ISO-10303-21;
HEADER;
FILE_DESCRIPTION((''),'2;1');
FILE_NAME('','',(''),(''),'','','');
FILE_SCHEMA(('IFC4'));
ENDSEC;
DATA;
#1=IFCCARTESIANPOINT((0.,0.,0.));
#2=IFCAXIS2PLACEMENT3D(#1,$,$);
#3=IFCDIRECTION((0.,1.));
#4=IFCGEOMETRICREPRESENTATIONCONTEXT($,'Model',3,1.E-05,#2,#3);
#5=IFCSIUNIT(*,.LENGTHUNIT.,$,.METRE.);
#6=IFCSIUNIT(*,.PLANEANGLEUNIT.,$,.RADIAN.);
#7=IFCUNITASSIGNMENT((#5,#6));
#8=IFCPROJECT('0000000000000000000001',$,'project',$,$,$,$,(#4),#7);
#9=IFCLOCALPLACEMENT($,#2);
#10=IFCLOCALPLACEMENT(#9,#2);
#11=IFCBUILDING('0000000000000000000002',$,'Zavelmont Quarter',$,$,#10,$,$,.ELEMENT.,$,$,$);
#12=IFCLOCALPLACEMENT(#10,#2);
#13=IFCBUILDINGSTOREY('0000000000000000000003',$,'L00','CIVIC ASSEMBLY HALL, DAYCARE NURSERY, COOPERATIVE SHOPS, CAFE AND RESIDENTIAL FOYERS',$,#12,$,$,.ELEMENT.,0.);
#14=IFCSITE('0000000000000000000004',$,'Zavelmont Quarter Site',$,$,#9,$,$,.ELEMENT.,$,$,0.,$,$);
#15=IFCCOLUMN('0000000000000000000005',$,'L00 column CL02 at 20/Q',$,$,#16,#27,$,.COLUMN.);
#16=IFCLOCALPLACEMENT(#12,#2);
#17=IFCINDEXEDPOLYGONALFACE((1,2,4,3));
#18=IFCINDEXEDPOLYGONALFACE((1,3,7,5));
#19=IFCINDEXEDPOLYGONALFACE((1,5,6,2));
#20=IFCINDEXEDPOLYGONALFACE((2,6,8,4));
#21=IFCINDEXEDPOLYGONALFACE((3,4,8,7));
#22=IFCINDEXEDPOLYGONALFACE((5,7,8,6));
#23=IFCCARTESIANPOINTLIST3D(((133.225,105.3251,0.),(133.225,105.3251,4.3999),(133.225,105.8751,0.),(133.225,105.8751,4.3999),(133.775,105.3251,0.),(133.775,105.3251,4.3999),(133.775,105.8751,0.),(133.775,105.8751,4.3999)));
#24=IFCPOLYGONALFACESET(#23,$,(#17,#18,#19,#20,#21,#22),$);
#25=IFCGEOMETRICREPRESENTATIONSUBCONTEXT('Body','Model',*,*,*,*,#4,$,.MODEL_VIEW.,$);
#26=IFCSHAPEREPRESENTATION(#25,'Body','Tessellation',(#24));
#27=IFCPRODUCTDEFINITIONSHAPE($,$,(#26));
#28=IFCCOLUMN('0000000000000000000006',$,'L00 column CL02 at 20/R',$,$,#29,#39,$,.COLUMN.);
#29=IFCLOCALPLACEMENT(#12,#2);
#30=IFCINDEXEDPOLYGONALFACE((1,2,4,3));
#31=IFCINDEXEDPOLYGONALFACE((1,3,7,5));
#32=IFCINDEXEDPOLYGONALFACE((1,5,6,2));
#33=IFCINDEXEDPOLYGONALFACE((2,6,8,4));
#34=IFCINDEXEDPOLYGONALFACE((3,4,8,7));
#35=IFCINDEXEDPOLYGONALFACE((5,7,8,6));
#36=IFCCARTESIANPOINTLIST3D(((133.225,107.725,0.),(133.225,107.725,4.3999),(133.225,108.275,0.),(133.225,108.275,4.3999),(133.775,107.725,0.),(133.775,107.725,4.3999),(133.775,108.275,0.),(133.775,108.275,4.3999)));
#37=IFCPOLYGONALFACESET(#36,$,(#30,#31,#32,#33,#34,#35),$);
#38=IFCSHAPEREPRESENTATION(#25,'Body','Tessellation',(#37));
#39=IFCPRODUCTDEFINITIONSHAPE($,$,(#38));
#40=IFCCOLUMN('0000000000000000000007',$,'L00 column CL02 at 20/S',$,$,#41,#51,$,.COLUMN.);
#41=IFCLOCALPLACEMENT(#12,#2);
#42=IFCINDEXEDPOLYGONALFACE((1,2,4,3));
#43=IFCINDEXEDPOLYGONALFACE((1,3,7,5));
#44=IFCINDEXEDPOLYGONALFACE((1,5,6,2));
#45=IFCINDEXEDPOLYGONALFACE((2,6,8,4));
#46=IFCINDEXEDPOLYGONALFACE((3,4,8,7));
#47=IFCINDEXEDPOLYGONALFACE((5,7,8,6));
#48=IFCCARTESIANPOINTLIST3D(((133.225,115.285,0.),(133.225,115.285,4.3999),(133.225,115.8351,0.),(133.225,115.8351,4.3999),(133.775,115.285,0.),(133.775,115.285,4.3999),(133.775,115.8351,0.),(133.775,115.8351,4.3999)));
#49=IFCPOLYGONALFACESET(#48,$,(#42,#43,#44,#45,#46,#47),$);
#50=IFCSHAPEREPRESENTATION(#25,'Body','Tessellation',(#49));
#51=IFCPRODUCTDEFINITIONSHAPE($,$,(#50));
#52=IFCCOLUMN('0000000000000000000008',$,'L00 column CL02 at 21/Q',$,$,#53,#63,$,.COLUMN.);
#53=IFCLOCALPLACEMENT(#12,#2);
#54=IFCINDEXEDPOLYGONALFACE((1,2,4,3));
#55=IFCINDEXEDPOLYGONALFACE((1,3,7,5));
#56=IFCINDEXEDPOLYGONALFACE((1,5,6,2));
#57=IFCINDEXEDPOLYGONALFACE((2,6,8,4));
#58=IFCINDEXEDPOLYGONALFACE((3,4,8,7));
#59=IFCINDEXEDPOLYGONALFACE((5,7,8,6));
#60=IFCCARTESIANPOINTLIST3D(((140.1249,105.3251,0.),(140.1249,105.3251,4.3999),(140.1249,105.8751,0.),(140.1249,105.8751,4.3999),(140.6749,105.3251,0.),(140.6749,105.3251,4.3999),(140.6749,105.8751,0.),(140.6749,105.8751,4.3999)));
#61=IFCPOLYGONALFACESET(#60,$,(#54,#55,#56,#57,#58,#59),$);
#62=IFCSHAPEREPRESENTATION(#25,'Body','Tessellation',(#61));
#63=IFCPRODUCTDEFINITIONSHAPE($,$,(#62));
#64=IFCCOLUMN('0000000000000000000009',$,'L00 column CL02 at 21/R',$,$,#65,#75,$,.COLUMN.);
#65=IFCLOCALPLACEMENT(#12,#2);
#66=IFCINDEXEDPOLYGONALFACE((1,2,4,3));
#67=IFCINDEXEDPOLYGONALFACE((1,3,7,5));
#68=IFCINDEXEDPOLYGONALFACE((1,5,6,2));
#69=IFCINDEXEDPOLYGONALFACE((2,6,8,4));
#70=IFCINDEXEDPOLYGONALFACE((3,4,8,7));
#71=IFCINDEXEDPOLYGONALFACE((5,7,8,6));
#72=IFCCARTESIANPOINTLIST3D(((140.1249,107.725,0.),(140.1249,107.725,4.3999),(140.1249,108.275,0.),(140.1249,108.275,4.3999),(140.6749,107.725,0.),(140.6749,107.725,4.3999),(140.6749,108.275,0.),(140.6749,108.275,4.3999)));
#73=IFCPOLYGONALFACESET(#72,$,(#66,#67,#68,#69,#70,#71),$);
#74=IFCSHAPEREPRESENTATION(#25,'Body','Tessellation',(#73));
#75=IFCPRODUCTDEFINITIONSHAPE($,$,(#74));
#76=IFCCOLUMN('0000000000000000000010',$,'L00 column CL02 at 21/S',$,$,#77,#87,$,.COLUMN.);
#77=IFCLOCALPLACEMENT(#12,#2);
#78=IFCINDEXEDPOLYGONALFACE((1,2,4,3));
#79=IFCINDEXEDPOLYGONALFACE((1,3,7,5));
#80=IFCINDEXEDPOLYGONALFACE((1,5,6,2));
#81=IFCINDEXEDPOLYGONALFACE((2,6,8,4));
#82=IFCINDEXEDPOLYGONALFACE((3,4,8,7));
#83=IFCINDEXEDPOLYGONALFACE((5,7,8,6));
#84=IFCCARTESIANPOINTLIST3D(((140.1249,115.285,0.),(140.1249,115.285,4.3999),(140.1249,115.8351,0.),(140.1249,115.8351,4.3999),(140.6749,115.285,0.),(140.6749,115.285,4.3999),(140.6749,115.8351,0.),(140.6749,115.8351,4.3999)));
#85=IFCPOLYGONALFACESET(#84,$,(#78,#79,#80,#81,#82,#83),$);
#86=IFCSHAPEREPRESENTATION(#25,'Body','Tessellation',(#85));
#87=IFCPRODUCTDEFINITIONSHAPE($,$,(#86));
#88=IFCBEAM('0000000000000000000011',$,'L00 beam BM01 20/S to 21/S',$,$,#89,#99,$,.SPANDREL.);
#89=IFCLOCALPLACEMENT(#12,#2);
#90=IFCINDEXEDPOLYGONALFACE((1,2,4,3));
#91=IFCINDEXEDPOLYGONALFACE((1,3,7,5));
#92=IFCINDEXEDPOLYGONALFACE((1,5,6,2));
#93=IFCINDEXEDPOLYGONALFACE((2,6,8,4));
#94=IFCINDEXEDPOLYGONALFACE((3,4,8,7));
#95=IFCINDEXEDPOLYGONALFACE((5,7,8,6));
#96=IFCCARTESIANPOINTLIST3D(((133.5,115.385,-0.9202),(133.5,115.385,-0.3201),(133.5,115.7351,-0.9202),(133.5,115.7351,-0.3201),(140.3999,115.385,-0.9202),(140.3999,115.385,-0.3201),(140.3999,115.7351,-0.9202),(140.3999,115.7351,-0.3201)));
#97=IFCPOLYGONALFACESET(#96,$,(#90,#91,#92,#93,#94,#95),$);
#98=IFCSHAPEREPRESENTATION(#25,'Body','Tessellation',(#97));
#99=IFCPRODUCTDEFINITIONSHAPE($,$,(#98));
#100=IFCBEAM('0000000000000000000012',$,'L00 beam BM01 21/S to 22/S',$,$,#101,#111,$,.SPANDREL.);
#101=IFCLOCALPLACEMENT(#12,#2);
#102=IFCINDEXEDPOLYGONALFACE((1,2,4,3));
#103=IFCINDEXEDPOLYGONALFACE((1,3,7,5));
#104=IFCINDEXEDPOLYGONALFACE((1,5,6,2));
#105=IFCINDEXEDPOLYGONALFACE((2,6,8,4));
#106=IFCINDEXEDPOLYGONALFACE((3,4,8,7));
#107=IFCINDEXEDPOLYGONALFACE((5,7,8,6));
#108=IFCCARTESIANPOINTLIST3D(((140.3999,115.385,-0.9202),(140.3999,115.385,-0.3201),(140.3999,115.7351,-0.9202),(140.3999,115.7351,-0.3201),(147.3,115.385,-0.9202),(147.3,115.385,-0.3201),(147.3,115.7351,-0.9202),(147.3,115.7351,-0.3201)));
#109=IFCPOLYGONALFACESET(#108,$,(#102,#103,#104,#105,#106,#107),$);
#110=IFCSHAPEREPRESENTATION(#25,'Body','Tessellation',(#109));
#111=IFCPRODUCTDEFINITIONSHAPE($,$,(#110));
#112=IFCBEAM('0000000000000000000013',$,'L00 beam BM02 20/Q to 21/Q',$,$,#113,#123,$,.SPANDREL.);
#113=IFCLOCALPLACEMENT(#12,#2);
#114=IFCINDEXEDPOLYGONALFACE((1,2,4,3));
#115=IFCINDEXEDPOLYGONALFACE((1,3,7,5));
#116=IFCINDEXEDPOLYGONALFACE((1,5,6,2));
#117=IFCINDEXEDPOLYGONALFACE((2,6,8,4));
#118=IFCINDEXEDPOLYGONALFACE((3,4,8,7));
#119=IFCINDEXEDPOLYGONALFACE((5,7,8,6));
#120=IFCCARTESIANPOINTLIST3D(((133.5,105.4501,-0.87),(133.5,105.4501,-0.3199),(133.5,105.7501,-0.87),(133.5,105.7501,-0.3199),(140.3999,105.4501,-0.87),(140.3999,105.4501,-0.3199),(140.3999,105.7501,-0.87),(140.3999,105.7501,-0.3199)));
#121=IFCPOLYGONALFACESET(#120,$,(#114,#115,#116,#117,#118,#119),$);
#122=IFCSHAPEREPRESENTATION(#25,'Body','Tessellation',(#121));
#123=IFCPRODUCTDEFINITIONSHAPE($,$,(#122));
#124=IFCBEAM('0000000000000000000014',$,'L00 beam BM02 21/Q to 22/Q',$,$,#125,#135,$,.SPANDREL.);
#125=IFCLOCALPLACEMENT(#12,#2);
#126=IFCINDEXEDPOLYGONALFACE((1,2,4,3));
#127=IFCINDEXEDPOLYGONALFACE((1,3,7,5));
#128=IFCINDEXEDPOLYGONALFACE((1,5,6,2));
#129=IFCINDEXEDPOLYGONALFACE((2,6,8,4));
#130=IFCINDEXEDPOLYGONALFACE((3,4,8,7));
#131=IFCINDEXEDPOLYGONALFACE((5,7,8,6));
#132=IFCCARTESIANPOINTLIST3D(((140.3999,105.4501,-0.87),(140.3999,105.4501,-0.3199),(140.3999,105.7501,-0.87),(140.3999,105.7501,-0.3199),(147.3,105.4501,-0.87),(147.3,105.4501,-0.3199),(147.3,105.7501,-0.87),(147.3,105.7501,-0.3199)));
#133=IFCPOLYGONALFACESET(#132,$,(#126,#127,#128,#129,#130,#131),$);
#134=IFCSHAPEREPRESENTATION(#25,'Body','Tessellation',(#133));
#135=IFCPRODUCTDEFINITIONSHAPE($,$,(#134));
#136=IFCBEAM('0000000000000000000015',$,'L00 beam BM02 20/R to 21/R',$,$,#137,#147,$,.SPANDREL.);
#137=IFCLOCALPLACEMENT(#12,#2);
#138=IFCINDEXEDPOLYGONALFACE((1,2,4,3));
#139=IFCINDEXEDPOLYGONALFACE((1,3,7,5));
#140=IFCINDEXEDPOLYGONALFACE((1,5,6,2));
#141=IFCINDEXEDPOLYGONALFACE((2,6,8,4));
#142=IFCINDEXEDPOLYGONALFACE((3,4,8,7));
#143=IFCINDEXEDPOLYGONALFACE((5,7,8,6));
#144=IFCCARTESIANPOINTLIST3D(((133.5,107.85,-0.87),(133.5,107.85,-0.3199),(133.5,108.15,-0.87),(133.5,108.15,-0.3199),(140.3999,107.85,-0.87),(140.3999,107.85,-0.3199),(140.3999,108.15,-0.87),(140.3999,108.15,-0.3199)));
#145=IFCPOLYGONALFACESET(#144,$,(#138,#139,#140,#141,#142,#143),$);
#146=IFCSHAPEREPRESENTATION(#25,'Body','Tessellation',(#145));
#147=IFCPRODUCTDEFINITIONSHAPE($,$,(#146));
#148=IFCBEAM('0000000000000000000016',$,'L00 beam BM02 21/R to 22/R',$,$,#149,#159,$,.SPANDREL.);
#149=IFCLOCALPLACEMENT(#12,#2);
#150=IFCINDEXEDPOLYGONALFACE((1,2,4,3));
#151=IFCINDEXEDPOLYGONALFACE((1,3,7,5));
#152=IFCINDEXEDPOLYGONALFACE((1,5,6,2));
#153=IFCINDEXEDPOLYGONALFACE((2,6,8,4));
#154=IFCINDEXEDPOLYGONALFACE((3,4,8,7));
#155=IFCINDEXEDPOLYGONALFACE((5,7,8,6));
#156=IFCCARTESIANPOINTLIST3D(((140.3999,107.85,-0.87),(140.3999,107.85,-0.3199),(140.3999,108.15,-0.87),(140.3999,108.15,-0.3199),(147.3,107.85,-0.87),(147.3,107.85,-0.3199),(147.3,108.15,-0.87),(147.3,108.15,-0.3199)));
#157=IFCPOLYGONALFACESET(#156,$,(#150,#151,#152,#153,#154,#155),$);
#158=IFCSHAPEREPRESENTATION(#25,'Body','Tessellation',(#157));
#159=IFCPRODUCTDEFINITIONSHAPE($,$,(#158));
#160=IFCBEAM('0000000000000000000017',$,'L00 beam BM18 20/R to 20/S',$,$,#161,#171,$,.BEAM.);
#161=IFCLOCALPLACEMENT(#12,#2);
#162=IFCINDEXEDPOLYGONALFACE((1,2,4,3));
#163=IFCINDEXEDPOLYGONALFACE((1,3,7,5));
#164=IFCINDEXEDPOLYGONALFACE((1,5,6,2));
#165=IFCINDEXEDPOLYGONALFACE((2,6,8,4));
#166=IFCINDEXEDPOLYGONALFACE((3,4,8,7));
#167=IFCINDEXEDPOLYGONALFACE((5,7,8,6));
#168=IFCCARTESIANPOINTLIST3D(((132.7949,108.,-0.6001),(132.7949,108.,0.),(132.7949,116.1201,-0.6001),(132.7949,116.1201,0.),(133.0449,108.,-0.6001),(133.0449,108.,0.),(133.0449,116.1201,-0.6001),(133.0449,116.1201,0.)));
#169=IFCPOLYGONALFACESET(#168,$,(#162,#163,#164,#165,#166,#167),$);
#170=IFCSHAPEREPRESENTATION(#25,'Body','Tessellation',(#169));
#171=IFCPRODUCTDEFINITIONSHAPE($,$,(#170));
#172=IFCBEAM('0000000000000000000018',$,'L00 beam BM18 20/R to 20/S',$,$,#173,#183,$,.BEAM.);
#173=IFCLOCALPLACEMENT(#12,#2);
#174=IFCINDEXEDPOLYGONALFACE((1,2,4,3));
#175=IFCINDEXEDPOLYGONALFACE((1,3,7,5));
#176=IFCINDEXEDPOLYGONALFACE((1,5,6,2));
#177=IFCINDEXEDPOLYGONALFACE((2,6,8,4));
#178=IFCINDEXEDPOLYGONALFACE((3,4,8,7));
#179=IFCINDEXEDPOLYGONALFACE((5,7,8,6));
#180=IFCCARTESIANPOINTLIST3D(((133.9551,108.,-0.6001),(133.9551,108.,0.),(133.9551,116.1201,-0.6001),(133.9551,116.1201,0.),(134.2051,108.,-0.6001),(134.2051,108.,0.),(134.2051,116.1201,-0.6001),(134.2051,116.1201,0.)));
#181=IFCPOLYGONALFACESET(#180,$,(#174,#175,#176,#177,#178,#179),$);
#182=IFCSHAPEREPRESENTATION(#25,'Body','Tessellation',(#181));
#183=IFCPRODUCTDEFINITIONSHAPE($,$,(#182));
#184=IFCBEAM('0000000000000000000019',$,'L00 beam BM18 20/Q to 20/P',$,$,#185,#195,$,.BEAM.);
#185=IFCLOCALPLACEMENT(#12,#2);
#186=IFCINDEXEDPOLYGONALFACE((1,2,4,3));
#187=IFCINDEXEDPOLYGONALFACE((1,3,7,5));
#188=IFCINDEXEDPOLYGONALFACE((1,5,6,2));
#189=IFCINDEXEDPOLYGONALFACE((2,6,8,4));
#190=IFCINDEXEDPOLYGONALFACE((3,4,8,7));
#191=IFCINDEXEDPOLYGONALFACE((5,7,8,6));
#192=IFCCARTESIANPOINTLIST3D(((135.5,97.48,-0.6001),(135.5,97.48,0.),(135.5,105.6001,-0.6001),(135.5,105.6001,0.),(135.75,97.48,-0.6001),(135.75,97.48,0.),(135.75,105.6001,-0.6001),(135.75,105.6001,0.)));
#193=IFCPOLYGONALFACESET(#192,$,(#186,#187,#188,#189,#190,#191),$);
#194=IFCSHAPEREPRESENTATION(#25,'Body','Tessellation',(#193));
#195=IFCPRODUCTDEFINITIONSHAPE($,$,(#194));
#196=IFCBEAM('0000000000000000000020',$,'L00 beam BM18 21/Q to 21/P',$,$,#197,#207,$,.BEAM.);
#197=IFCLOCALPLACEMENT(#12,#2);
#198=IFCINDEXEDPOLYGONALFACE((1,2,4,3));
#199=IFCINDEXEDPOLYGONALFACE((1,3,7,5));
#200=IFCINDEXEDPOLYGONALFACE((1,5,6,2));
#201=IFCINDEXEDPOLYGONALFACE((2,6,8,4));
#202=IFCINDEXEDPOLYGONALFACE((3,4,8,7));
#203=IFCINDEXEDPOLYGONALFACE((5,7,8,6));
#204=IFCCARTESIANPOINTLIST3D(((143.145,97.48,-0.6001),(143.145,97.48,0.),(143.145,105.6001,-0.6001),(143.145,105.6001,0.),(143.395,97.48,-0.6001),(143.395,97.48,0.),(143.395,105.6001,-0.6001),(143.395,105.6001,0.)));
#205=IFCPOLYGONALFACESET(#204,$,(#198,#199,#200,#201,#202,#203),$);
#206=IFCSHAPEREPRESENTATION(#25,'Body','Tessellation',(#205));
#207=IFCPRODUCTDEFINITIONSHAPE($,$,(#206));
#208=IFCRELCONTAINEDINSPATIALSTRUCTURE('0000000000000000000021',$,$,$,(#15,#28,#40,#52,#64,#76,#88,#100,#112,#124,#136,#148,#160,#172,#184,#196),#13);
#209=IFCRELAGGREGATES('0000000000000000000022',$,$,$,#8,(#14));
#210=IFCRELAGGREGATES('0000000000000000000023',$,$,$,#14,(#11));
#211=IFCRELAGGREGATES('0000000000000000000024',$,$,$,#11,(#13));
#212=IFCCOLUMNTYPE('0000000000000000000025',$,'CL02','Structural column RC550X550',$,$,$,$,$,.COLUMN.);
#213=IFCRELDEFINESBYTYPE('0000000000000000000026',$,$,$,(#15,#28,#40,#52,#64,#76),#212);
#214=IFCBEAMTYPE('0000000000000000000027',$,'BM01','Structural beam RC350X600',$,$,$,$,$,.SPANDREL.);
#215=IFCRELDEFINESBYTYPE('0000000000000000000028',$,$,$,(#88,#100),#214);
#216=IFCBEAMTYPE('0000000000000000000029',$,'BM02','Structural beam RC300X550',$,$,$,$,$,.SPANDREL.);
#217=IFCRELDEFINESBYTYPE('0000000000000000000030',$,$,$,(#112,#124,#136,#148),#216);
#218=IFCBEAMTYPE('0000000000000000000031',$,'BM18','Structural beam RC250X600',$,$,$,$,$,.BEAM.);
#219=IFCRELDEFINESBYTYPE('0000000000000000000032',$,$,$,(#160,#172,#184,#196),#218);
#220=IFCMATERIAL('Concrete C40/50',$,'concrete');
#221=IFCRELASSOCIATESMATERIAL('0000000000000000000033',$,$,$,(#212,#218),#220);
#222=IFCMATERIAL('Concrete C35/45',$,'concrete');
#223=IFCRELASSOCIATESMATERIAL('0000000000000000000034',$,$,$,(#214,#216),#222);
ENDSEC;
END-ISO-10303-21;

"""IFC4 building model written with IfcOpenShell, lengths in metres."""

from ifc_helpers import new_model, si_unit, direction, frame, origin, origin_2d, place, context, subcontext, project, spatial, rectangle, extrude, material, material_profile, profile_set, type_object, element, save


model = new_model("IFC4")

# Units and contexts
model_context = context("Model", 3, precision=1e-05, world=origin(), true_north=direction((0.0, 1.0)))
body_context = subcontext(model_context, "Body", "Model", "MODEL_VIEW")
ifc_project = project(units=[si_unit("LENGTHUNIT", "METRE"), si_unit("PLANEANGLEUNIT", "RADIAN")], contexts=[model_context])

# Site, building, storey
site_placement = place(None, origin())
site = spatial("IfcSite", under=ifc_project, at=site_placement, Name="Zavelmont Quarter Site", CompositionType="ELEMENT", RefElevation=0.0)
building_placement = place(site_placement, origin())
building = spatial("IfcBuilding", under=site, at=building_placement, Name="Zavelmont Quarter", CompositionType="ELEMENT")
storey_placement = place(building_placement, origin())
storey = spatial("IfcBuildingStorey", under=building, at=storey_placement, Name="L00", Description="CIVIC ASSEMBLY HALL, DAYCARE NURSERY, COOPERATIVE SHOPS, CAFE AND RESIDENTIAL FOYERS", CompositionType="ELEMENT", Elevation=0.0)

# Columns
ifc_material_1 = material(Name="Concrete C40/50", Category="concrete")
ifc_material_profile_1 = material_profile(ifc_material_1, rectangle(XDim=0.55, YDim=0.55, at=origin_2d()), Name="RC550X550")
ifc_profile_set_1 = profile_set([ifc_material_profile_1], Name="Concrete C40/50")
column_type = type_object("IfcColumnType", Name="CL02", Description="Structural column RC550X550", PredefinedType="COLUMN", material=ifc_profile_set_1)
for number, where, z_axis, x_axis, name in (
    (1, (133.5, 105.6001, 0.0), (0.0, 0.0, 1.0), (1.0, 0.0, 0.0), "L00 column CL02 at 20/Q"),
    (2, (133.5, 108.0, 0.0), (0.0, 0.0, 1.0), (1.0, 0.0, 0.0), "L00 column CL02 at 20/R"),
    (3, (133.5, 115.5601, 0.0), (0.0, 0.0, 1.0), (1.0, 0.0, 0.0), "L00 column CL02 at 20/S"),
    (4, (140.3999, 105.6001, 0.0), (0.0, 0.0, 1.0), (1.0, 0.0, 0.0), "L00 column CL02 at 21/Q"),
    (5, (140.3999, 108.0, 0.0), (0.0, 0.0, 1.0), (1.0, 0.0, 0.0), "L00 column CL02 at 21/R"),
    (6, (140.3999, 115.5601, 0.0), (0.0, 0.0, 1.0), (1.0, 0.0, 0.0), "L00 column CL02 at 21/S"),
):
    element("IfcColumn", number, at=place(storey_placement, frame(where, z_axis=z_axis, x_axis=x_axis)), inside=storey, type_object=column_type, Name=name, PredefinedType="COLUMN", context=body_context, shape_type="SweptSolid", body=[
        extrude(rectangle(XDim=0.55, YDim=0.55, at=origin_2d()), origin(), (0.0, 0.0, 1.0), 4.3999),
    ])

# Beams
ifc_material_2 = material(Name="Concrete C35/45", Category="concrete")
ifc_material_profile_2 = material_profile(ifc_material_2, rectangle(XDim=0.3501, YDim=0.6001, at=origin_2d()), Name="RC350X600")
ifc_profile_set_2 = profile_set([ifc_material_profile_2], Name="Concrete C35/45")
beam_type_1 = type_object("IfcBeamType", Name="BM01", Description="Structural beam RC350X600", PredefinedType="SPANDREL", material=ifc_profile_set_2)
beam_1_placement = place(storey_placement, frame((133.5, 115.5601, -0.6201), z_axis=(1.0, 0.0, 0.0), x_axis=(0.0, 1.0, 0.0)))
element("IfcBeam", 7, at=beam_1_placement, inside=storey, type_object=beam_type_1, Name="L00 beam BM01 20/S to 21/S", PredefinedType="SPANDREL", context=body_context, shape_type="SweptSolid", body=[
    extrude(rectangle(XDim=0.3501, YDim=0.6001, at=origin_2d()), origin(), (0.0, 0.0, 1.0), 6.8999),
])
beam_2_placement = place(storey_placement, frame((140.3999, 115.5601, -0.6201), z_axis=(1.0, 0.0, 0.0), x_axis=(0.0, 1.0, 0.0)))
element("IfcBeam", 8, at=beam_2_placement, inside=storey, type_object=beam_type_1, Name="L00 beam BM01 21/S to 22/S", PredefinedType="SPANDREL", context=body_context, shape_type="SweptSolid", body=[
    extrude(rectangle(XDim=0.3501, YDim=0.6001, at=origin_2d()), origin(), (0.0, 0.0, 1.0), 6.9001),
])
ifc_material_profile_3 = material_profile(ifc_material_2, rectangle(XDim=0.3, YDim=0.55, at=origin_2d()), Name="RC300X550")
ifc_profile_set_3 = profile_set([ifc_material_profile_3], Name="Concrete C35/45")
beam_type_2 = type_object("IfcBeamType", Name="BM02", Description="Structural beam RC300X550", PredefinedType="SPANDREL", material=ifc_profile_set_3)
beam_3_placement = place(storey_placement, frame((133.5, 105.6001, -0.595), z_axis=(1.0, 0.0, 0.0), x_axis=(0.0, 1.0, 0.0)))
element("IfcBeam", 9, at=beam_3_placement, inside=storey, type_object=beam_type_2, Name="L00 beam BM02 20/Q to 21/Q", PredefinedType="SPANDREL", context=body_context, shape_type="SweptSolid", body=[
    extrude(rectangle(XDim=0.3, YDim=0.55, at=origin_2d()), origin(), (0.0, 0.0, 1.0), 6.8999),
])
beam_4_placement = place(storey_placement, frame((140.3999, 105.6001, -0.595), z_axis=(1.0, 0.0, 0.0), x_axis=(0.0, 1.0, 0.0)))
element("IfcBeam", 10, at=beam_4_placement, inside=storey, type_object=beam_type_2, Name="L00 beam BM02 21/Q to 22/Q", PredefinedType="SPANDREL", context=body_context, shape_type="SweptSolid", body=[
    extrude(rectangle(XDim=0.3, YDim=0.55, at=origin_2d()), origin(), (0.0, 0.0, 1.0), 6.9001),
])
beam_5_placement = place(storey_placement, frame((133.5, 108.0, -0.595), z_axis=(1.0, 0.0, 0.0), x_axis=(0.0, 1.0, 0.0)))
element("IfcBeam", 11, at=beam_5_placement, inside=storey, type_object=beam_type_2, Name="L00 beam BM02 20/R to 21/R", PredefinedType="SPANDREL", context=body_context, shape_type="SweptSolid", body=[
    extrude(rectangle(XDim=0.3, YDim=0.55, at=origin_2d()), origin(), (0.0, 0.0, 1.0), 6.8999),
])
beam_6_placement = place(storey_placement, frame((140.3999, 108.0, -0.595), z_axis=(1.0, 0.0, 0.0), x_axis=(0.0, 1.0, 0.0)))
element("IfcBeam", 12, at=beam_6_placement, inside=storey, type_object=beam_type_2, Name="L00 beam BM02 21/R to 22/R", PredefinedType="SPANDREL", context=body_context, shape_type="SweptSolid", body=[
    extrude(rectangle(XDim=0.3, YDim=0.55, at=origin_2d()), origin(), (0.0, 0.0, 1.0), 6.9001),
])
ifc_material_profile_4 = material_profile(ifc_material_1, rectangle(XDim=0.25, YDim=0.6001, at=origin_2d()), Name="RC250X600")
ifc_profile_set_4 = profile_set([ifc_material_profile_4], Name="Concrete C40/50")
beam_type_3 = type_object("IfcBeamType", Name="BM18", Description="Structural beam RC250X600", PredefinedType="BEAM", material=ifc_profile_set_4)
for number, where, z_axis, x_axis, name in (
    (13, (132.9199, 108.0, -0.3), (0.0, 1.0, 0.0), (-1.0, 0.0, 0.0), "L00 beam BM18 20/R to 20/S"),
    (14, (134.0801, 108.0, -0.3), (0.0, 1.0, 0.0), (-1.0, 0.0, 0.0), "L00 beam BM18 20/R to 20/S"),
    (15, (135.625, 105.6001, -0.3), (0.0, -1.0, 0.0), (1.0, 0.0, 0.0), "L00 beam BM18 20/Q to 20/P"),
    (16, (143.27, 105.6001, -0.3), (0.0, -1.0, 0.0), (1.0, 0.0, 0.0), "L00 beam BM18 21/Q to 21/P"),
):
    element("IfcBeam", number, at=place(storey_placement, frame(where, z_axis=z_axis, x_axis=x_axis)), inside=storey, type_object=beam_type_3, Name=name, PredefinedType="BEAM", context=body_context, shape_type="SweptSolid", body=[
        extrude(rectangle(XDim=0.25, YDim=0.6001, at=origin_2d()), origin(), (0.0, 0.0, 1.0), 8.1201),
    ])

save(model, "model.ifc")
